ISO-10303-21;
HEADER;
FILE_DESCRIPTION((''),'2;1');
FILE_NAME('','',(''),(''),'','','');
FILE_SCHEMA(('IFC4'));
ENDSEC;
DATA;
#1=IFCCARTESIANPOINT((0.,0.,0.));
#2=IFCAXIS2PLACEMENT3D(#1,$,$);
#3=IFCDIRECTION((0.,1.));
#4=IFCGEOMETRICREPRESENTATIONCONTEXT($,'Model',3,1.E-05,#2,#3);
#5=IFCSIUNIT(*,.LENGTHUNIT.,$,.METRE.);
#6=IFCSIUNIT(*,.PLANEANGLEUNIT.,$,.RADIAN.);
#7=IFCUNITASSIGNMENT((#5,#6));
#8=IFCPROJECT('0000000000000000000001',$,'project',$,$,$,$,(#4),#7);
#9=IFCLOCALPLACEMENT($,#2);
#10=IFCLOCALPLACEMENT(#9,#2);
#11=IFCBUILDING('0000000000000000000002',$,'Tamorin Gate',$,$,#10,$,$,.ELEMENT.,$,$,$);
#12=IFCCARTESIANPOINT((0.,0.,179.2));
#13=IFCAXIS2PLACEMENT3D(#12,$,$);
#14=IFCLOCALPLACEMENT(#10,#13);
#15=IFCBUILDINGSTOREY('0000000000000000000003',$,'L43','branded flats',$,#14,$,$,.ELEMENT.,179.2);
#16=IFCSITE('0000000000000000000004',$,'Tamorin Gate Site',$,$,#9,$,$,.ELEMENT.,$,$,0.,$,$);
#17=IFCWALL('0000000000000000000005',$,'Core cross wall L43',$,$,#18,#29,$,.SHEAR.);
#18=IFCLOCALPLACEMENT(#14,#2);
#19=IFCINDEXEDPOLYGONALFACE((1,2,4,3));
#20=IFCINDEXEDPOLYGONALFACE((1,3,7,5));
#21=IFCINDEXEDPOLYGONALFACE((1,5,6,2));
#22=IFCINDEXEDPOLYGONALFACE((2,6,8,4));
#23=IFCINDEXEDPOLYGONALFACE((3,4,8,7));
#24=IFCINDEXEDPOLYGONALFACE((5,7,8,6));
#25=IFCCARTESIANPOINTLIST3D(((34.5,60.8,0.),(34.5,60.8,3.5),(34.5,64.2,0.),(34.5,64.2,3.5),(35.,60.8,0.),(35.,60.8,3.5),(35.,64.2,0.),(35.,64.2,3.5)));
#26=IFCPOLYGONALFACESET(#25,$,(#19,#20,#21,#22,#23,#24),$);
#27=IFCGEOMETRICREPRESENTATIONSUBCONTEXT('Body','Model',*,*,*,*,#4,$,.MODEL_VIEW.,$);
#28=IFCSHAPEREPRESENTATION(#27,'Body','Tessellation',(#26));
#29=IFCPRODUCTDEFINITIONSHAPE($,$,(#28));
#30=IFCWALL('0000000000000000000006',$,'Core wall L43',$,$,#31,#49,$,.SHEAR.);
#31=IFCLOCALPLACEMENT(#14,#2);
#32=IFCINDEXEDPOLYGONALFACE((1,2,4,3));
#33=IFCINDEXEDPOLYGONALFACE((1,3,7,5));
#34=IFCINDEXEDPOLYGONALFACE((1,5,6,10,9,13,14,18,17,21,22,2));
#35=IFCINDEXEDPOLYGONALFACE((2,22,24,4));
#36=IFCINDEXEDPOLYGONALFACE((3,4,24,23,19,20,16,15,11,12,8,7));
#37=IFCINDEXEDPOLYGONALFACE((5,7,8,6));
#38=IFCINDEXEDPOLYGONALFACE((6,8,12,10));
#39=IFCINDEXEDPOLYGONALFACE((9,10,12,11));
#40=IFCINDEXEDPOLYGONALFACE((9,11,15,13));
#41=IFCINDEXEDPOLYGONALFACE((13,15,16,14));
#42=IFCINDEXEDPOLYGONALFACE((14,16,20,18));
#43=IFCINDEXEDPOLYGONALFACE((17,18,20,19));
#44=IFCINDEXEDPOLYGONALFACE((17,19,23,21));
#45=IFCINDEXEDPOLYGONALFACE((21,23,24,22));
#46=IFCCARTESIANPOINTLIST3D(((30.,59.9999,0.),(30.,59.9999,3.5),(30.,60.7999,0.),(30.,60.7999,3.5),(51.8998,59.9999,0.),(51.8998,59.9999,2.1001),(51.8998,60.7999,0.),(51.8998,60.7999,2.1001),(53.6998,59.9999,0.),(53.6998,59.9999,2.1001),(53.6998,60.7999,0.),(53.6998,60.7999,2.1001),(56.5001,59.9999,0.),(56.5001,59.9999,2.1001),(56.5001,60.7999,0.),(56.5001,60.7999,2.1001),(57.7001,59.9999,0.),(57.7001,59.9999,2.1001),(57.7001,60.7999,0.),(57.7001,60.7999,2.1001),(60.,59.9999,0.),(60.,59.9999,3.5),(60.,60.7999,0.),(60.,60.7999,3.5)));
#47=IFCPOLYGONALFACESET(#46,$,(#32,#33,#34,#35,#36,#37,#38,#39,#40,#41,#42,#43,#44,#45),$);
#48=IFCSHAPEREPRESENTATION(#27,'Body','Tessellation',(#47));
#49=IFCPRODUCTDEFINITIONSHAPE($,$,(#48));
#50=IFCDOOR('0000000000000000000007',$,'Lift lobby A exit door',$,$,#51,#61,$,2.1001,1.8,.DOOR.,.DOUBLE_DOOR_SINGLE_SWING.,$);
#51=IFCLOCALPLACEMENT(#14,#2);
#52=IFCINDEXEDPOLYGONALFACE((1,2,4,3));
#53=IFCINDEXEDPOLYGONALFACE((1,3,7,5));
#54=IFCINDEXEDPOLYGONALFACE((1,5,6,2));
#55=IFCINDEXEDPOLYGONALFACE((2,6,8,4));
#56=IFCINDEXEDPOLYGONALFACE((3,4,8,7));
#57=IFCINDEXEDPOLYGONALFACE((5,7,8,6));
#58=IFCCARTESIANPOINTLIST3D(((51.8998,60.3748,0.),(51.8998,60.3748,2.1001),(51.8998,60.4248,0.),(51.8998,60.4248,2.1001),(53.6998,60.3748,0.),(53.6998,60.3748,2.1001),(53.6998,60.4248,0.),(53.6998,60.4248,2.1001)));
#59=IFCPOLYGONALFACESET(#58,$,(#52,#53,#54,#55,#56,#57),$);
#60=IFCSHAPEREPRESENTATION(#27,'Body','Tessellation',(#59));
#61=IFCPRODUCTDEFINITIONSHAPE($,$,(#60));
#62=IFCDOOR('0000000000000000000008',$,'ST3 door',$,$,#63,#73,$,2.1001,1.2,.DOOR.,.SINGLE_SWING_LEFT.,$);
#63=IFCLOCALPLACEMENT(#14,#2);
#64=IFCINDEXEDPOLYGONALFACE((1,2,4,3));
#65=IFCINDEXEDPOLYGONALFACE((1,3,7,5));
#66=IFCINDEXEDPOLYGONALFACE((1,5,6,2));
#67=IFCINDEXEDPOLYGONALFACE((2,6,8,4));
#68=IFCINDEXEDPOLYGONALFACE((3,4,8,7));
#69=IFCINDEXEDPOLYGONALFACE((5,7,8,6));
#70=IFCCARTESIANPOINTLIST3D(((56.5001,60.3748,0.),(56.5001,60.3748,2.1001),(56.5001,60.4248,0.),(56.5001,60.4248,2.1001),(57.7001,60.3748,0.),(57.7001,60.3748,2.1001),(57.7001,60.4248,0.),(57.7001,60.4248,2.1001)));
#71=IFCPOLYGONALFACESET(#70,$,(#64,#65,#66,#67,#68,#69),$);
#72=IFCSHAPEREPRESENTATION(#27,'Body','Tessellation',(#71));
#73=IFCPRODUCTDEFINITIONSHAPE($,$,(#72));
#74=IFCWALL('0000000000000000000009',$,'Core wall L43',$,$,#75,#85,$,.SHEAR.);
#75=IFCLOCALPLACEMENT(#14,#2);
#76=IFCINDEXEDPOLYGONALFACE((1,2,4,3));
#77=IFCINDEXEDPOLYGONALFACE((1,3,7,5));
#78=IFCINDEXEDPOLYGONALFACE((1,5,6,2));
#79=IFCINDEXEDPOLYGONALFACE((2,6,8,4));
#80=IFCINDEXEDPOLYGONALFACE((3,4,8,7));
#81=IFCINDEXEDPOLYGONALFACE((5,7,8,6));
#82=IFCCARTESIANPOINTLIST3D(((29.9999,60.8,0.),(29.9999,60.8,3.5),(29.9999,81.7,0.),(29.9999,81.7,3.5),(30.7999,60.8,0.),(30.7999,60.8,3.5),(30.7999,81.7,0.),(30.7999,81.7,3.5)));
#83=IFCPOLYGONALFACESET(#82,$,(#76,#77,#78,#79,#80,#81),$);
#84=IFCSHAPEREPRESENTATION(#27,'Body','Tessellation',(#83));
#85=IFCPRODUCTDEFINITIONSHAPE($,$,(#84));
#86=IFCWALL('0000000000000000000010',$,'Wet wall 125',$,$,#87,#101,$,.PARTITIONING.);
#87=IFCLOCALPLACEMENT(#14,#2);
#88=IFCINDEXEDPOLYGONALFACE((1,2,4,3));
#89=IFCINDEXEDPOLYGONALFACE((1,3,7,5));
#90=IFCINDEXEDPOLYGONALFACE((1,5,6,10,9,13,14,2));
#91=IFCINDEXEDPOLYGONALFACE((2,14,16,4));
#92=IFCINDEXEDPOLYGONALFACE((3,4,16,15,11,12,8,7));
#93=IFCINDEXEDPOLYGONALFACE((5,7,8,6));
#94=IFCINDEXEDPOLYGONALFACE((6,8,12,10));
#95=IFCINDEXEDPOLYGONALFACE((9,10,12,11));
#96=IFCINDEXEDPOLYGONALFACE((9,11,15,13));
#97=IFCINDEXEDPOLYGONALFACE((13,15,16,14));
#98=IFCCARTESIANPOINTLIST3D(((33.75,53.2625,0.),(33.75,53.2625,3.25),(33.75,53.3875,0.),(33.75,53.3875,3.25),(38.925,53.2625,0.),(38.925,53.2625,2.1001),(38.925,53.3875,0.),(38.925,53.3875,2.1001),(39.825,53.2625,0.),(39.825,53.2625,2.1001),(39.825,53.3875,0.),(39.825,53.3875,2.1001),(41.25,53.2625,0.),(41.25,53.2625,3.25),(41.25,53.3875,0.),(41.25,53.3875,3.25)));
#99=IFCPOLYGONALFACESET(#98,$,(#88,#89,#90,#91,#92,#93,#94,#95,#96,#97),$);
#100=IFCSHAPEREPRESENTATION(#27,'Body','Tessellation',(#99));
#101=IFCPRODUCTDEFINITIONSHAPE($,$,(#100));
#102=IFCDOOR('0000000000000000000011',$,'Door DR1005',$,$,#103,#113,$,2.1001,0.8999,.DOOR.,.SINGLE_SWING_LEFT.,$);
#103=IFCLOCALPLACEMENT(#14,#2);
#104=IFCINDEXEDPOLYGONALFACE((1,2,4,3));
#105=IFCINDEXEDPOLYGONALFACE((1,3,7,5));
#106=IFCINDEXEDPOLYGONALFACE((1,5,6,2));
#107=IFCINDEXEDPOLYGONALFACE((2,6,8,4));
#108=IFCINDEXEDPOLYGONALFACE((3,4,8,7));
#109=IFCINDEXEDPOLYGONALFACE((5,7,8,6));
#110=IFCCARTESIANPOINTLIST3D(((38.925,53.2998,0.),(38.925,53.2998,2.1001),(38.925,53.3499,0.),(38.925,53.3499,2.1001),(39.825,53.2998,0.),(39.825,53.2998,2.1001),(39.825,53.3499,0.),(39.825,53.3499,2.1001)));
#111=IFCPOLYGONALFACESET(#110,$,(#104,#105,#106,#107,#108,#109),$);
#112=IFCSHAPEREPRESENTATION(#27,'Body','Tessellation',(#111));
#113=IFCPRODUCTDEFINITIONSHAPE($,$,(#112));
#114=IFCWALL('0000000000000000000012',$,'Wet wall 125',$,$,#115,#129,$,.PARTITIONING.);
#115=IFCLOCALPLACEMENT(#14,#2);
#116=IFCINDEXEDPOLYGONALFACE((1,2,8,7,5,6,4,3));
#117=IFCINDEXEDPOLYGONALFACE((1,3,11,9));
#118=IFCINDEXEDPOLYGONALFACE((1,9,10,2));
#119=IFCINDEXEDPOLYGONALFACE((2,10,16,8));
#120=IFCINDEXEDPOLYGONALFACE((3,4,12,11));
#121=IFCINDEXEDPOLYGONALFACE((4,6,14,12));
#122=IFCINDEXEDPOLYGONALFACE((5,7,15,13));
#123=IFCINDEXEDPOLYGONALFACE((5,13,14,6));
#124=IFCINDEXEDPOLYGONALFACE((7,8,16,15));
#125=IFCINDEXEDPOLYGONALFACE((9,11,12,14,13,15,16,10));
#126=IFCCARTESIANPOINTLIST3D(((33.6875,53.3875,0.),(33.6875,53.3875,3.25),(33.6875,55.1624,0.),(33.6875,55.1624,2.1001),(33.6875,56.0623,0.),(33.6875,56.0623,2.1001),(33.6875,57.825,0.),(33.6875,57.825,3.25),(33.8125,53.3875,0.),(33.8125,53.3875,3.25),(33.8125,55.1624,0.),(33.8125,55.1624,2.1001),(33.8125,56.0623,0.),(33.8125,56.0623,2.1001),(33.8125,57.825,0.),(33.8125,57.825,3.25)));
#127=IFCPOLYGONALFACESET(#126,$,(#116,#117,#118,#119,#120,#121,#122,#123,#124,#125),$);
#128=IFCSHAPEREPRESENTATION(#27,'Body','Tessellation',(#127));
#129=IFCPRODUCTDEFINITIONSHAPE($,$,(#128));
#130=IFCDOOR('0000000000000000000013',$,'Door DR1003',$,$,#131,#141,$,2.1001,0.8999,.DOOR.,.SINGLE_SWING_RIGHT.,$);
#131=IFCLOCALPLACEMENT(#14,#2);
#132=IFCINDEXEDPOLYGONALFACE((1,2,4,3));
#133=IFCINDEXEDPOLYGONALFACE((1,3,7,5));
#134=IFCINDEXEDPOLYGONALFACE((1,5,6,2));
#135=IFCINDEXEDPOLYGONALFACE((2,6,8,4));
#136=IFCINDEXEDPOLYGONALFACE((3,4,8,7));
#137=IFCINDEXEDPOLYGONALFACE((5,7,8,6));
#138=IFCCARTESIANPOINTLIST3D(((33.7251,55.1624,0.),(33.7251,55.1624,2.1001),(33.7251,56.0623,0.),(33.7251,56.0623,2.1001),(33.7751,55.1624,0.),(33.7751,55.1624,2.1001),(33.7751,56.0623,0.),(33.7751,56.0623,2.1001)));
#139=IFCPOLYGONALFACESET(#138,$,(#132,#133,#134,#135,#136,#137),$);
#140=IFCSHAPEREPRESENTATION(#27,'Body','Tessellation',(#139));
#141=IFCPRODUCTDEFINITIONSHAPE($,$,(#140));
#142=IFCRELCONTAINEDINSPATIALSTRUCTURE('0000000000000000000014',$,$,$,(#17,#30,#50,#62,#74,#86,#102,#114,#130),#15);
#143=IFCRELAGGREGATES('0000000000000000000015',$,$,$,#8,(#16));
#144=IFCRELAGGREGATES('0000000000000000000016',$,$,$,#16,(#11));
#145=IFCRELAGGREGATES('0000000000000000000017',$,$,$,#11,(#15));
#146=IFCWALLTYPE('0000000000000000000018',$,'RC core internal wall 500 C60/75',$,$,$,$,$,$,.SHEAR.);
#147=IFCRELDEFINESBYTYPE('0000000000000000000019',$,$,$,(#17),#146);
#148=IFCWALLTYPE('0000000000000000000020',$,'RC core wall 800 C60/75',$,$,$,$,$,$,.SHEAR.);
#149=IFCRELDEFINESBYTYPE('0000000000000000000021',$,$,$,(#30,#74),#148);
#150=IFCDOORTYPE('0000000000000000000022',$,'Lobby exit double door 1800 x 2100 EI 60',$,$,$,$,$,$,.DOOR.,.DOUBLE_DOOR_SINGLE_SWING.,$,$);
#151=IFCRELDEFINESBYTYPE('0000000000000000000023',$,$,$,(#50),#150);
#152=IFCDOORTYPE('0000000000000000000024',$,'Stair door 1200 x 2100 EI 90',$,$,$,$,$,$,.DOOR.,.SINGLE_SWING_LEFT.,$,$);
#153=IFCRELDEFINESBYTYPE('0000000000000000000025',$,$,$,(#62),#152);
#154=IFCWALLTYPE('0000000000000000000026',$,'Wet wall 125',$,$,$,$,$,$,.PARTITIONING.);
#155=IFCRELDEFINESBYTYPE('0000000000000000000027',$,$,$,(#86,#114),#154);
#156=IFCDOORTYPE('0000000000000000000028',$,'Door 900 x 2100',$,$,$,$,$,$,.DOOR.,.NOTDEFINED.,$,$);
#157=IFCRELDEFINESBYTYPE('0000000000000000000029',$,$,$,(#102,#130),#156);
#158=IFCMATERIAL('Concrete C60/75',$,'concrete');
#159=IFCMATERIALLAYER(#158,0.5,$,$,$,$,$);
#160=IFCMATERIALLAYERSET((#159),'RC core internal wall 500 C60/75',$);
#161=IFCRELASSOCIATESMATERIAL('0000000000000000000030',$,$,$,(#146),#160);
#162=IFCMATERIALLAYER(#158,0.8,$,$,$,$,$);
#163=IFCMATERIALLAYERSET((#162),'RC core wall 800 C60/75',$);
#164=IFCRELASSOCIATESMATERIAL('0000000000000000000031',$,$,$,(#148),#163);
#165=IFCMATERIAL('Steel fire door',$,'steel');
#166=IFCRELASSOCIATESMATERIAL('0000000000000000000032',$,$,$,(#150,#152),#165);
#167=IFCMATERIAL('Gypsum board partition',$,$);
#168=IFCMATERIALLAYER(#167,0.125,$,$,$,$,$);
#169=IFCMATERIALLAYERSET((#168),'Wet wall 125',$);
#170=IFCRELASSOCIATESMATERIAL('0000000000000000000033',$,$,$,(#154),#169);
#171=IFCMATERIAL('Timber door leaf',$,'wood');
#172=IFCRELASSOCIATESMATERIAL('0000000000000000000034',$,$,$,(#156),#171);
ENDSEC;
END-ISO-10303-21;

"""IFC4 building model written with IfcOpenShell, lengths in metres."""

from ifc_helpers import new_model, si_unit, direction, frame, frame_2d, origin, place, context, subcontext, project, spatial, rectangle, extrude, material, layer, layer_set, type_object, element, fill, save


model = new_model("IFC4")

# Units and contexts
model_context = context("Model", 3, precision=1e-05, world=origin(), true_north=direction((0.0, 1.0)))
body_context = subcontext(model_context, "Body", "Model", "MODEL_VIEW")
ifc_project = project(units=[si_unit("LENGTHUNIT", "METRE"), si_unit("PLANEANGLEUNIT", "RADIAN")], contexts=[model_context])

# Site, building, storey
site_placement = place(None, origin())
site = spatial("IfcSite", under=ifc_project, at=site_placement, Name="Tamorin Gate Site", CompositionType="ELEMENT", RefElevation=0.0)
building_placement = place(site_placement, origin())
building = spatial("IfcBuilding", under=site, at=building_placement, Name="Tamorin Gate", CompositionType="ELEMENT")
storey_placement = place(building_placement, frame((0.0, 0.0, 179.2)))
storey = spatial("IfcBuildingStorey", under=building, at=storey_placement, Name="L43", Description="branded flats", CompositionType="ELEMENT", Elevation=179.2)

# Shared definitions
ifc_material_1 = material(Name="Concrete C60/75", Category="concrete")

# Shared definitions
ifc_material_2 = material(Name="Gypsum board partition")
ifc_material_3 = material(Name="Timber door leaf", Category="wood")

# Wall
ifc_layer_1 = layer(ifc_material_1, 0.5)
ifc_layer_set_1 = layer_set([ifc_layer_1], Name="RC core internal wall 500 C60/75")
wall_type_1 = type_object("IfcWallType", Name="RC core internal wall 500 C60/75", PredefinedType="SHEAR", material=ifc_layer_set_1)
wall_1_placement = place(storey_placement, frame((34.75, 60.8, 0.0), z_axis=(0.0, 0.0, 1.0), x_axis=(0.0, 1.0, 0.0)))
element("IfcWall", 1, at=wall_1_placement, inside=storey, type_object=wall_type_1, Name="Core cross wall L43", PredefinedType="SHEAR", context=body_context, shape_type="SweptSolid", body=[
    extrude(rectangle(XDim=3.3999, YDim=0.5, at=frame_2d((1.7, 0.0))), origin(), (0.0, 0.0, 1.0), 3.5),
])

# Wall, openings, doors
ifc_layer_2 = layer(ifc_material_1, 0.8)
ifc_layer_set_2 = layer_set([ifc_layer_2], Name="RC core wall 800 C60/75")
wall_type_2 = type_object("IfcWallType", Name="RC core wall 800 C60/75", PredefinedType="SHEAR", material=ifc_layer_set_2)
wall_2_placement = place(storey_placement, frame((30.0, 60.3999, 0.0), z_axis=(0.0, 0.0, 1.0), x_axis=(1.0, 0.0, 0.0)))
wall_2 = element("IfcWall", 2, at=wall_2_placement, inside=storey, type_object=wall_type_2, Name="Core wall L43", PredefinedType="SHEAR", context=body_context, shape_type="SweptSolid", body=[
    extrude(rectangle(XDim=30.0, YDim=0.8, at=frame_2d((15.0, 0.0))), origin(), (0.0, 0.0, 1.0), 3.5),
])
opening_1_placement = place(wall_2_placement, frame((21.8999, 0.0, 0.0)))
opening_1 = element("IfcOpeningElement", 3, at=opening_1_placement, cuts=wall_2, PredefinedType="OPENING", context=body_context, shape_type="SweptSolid", body=[
    extrude(rectangle(XDim=1.8, YDim=2.1001, at=frame_2d((0.8999, 1.05))), frame((0.0, 0.4099, 0.0), z_axis=(0.0, -1.0, 0.0), x_axis=(1.0, 0.0, 0.0)), (0.0, 0.0, 1.0), 0.8201),
])
opening_2_placement = place(wall_2_placement, frame((26.5, 0.0, 0.0)))
opening_2 = element("IfcOpeningElement", 4, at=opening_2_placement, cuts=wall_2, PredefinedType="OPENING", context=body_context, shape_type="SweptSolid", body=[
    extrude(rectangle(XDim=1.2, YDim=2.1001, at=frame_2d((0.6001, 1.05))), frame((0.0, 0.4099, 0.0), z_axis=(0.0, -1.0, 0.0), x_axis=(1.0, 0.0, 0.0)), (0.0, 0.0, 1.0), 0.8201),
])
ifc_material_4 = material(Name="Steel fire door", Category="steel")
door_type_1 = type_object("IfcDoorType", Name="Lobby exit double door 1800 x 2100 EI 60", OperationType="DOUBLE_DOOR_SINGLE_SWING", PredefinedType="DOOR", material=ifc_material_4)
door_1_placement = place(opening_1_placement, origin())
door_1 = element("IfcDoor", 5, at=door_1_placement, inside=storey, type_object=door_type_1, Name="Lift lobby A exit door", OperationType="DOUBLE_DOOR_SINGLE_SWING", OverallHeight=2.1001, OverallWidth=1.8, PredefinedType="DOOR", context=body_context, shape_type="SweptSolid", body=[
    extrude(rectangle(XDim=1.8, YDim=2.1001, at=frame_2d((0.8999, 1.05))), frame((0.0, 0.0249, 0.0), z_axis=(0.0, -1.0, 0.0), x_axis=(1.0, 0.0, 0.0)), (0.0, 0.0, 1.0), 0.05),
])
fill(opening_1, door_1)
door_type_2 = type_object("IfcDoorType", Name="Stair door 1200 x 2100 EI 90", OperationType="SINGLE_SWING_LEFT", PredefinedType="DOOR", material=ifc_material_4)
door_2_placement = place(opening_2_placement, origin())
door_2 = element("IfcDoor", 6, at=door_2_placement, inside=storey, type_object=door_type_2, Name="ST3 door", OperationType="SINGLE_SWING_LEFT", OverallHeight=2.1001, OverallWidth=1.2, PredefinedType="DOOR", context=body_context, shape_type="SweptSolid", body=[
    extrude(rectangle(XDim=1.2, YDim=2.1001, at=frame_2d((0.6001, 1.05))), frame((0.0, 0.0249, 0.0), z_axis=(0.0, -1.0, 0.0), x_axis=(1.0, 0.0, 0.0)), (0.0, 0.0, 1.0), 0.05),
])
fill(opening_2, door_2)

# Wall
wall_3_placement = place(storey_placement, frame((30.3999, 60.8, 0.0), z_axis=(0.0, 0.0, 1.0), x_axis=(0.0, 1.0, 0.0)))
element("IfcWall", 7, at=wall_3_placement, inside=storey, type_object=wall_type_2, Name="Core wall L43", PredefinedType="SHEAR", context=body_context, shape_type="SweptSolid", body=[
    extrude(rectangle(XDim=20.8999, YDim=0.8, at=frame_2d((10.45, 0.0))), origin(), (0.0, 0.0, 1.0), 3.5),
])

# Walls, openings, doors
ifc_layer_3 = layer(ifc_material_2, 0.125)
ifc_layer_set_3 = layer_set([ifc_layer_3], Name="Wet wall 125")
wall_type_3 = type_object("IfcWallType", Name="Wet wall 125", PredefinedType="PARTITIONING", material=ifc_layer_set_3)
wall_4_placement = place(storey_placement, frame((33.75, 53.325, 0.0), z_axis=(0.0, 0.0, 1.0), x_axis=(1.0, 0.0, 0.0)))
wall_4 = element("IfcWall", 8, at=wall_4_placement, inside=storey, type_object=wall_type_3, Name="Wet wall 125", PredefinedType="PARTITIONING", context=body_context, shape_type="SweptSolid", body=[
    extrude(rectangle(XDim=7.5, YDim=0.125, at=frame_2d((3.75, 0.0))), origin(), (0.0, 0.0, 1.0), 3.25),
])
opening_3_placement = place(wall_4_placement, frame((5.175, 0.0, 0.0)))
opening_3 = element("IfcOpeningElement", 9, at=opening_3_placement, cuts=wall_4, PredefinedType="OPENING", context=body_context, shape_type="SweptSolid", body=[
    extrude(rectangle(XDim=0.8999, YDim=2.1001, at=frame_2d((0.45, 1.05))), frame((0.0, 0.0725, 0.0), z_axis=(0.0, -1.0, 0.0), x_axis=(1.0, 0.0, 0.0)), (0.0, 0.0, 1.0), 0.145),
])
door_type_3 = type_object("IfcDoorType", Name="Door 900 x 2100", OperationType="NOTDEFINED", PredefinedType="DOOR", material=ifc_material_3)
door_3_placement = place(opening_3_placement, origin())
door_3 = element("IfcDoor", 10, at=door_3_placement, inside=storey, type_object=door_type_3, Name="Door DR1005", OperationType="SINGLE_SWING_LEFT", OverallHeight=2.1001, OverallWidth=0.8999, PredefinedType="DOOR", context=body_context, shape_type="SweptSolid", body=[
    extrude(rectangle(XDim=0.8999, YDim=2.1001, at=frame_2d((0.45, 1.05))), frame((0.0, 0.0249, 0.0), z_axis=(0.0, -1.0, 0.0), x_axis=(1.0, 0.0, 0.0)), (0.0, 0.0, 1.0), 0.05),
])
fill(opening_3, door_3)
wall_5_placement = place(storey_placement, frame((33.75, 53.3875, 0.0), z_axis=(0.0, 0.0, 1.0), x_axis=(0.0, 1.0, 0.0)))
wall_5 = element("IfcWall", 11, at=wall_5_placement, inside=storey, type_object=wall_type_3, Name="Wet wall 125", PredefinedType="PARTITIONING", context=body_context, shape_type="SweptSolid", body=[
    extrude(rectangle(XDim=4.4375, YDim=0.125, at=frame_2d((2.2188, 0.0))), origin(), (0.0, 0.0, 1.0), 3.25),
])
opening_4_placement = place(wall_5_placement, frame((1.7749, 0.0, 0.0)))
opening_4 = element("IfcOpeningElement", 12, at=opening_4_placement, cuts=wall_5, PredefinedType="OPENING", context=body_context, shape_type="SweptSolid", body=[
    extrude(rectangle(XDim=0.8999, YDim=2.1001, at=frame_2d((0.45, 1.05))), frame((0.0, 0.0725, 0.0), z_axis=(0.0, -1.0, 0.0), x_axis=(1.0, 0.0, 0.0)), (0.0, 0.0, 1.0), 0.145),
])
door_4_placement = place(opening_4_placement, origin())
door_4 = element("IfcDoor", 13, at=door_4_placement, inside=storey, type_object=door_type_3, Name="Door DR1003", OperationType="SINGLE_SWING_RIGHT", OverallHeight=2.1001, OverallWidth=0.8999, PredefinedType="DOOR", context=body_context, shape_type="SweptSolid", body=[
    extrude(rectangle(XDim=0.8999, YDim=2.1001, at=frame_2d((0.45, 1.05))), frame((0.0, 0.0249, 0.0), z_axis=(0.0, -1.0, 0.0), x_axis=(1.0, 0.0, 0.0)), (0.0, 0.0, 1.0), 0.05),
])
fill(opening_4, door_4)

save(model, "model.ifc")
